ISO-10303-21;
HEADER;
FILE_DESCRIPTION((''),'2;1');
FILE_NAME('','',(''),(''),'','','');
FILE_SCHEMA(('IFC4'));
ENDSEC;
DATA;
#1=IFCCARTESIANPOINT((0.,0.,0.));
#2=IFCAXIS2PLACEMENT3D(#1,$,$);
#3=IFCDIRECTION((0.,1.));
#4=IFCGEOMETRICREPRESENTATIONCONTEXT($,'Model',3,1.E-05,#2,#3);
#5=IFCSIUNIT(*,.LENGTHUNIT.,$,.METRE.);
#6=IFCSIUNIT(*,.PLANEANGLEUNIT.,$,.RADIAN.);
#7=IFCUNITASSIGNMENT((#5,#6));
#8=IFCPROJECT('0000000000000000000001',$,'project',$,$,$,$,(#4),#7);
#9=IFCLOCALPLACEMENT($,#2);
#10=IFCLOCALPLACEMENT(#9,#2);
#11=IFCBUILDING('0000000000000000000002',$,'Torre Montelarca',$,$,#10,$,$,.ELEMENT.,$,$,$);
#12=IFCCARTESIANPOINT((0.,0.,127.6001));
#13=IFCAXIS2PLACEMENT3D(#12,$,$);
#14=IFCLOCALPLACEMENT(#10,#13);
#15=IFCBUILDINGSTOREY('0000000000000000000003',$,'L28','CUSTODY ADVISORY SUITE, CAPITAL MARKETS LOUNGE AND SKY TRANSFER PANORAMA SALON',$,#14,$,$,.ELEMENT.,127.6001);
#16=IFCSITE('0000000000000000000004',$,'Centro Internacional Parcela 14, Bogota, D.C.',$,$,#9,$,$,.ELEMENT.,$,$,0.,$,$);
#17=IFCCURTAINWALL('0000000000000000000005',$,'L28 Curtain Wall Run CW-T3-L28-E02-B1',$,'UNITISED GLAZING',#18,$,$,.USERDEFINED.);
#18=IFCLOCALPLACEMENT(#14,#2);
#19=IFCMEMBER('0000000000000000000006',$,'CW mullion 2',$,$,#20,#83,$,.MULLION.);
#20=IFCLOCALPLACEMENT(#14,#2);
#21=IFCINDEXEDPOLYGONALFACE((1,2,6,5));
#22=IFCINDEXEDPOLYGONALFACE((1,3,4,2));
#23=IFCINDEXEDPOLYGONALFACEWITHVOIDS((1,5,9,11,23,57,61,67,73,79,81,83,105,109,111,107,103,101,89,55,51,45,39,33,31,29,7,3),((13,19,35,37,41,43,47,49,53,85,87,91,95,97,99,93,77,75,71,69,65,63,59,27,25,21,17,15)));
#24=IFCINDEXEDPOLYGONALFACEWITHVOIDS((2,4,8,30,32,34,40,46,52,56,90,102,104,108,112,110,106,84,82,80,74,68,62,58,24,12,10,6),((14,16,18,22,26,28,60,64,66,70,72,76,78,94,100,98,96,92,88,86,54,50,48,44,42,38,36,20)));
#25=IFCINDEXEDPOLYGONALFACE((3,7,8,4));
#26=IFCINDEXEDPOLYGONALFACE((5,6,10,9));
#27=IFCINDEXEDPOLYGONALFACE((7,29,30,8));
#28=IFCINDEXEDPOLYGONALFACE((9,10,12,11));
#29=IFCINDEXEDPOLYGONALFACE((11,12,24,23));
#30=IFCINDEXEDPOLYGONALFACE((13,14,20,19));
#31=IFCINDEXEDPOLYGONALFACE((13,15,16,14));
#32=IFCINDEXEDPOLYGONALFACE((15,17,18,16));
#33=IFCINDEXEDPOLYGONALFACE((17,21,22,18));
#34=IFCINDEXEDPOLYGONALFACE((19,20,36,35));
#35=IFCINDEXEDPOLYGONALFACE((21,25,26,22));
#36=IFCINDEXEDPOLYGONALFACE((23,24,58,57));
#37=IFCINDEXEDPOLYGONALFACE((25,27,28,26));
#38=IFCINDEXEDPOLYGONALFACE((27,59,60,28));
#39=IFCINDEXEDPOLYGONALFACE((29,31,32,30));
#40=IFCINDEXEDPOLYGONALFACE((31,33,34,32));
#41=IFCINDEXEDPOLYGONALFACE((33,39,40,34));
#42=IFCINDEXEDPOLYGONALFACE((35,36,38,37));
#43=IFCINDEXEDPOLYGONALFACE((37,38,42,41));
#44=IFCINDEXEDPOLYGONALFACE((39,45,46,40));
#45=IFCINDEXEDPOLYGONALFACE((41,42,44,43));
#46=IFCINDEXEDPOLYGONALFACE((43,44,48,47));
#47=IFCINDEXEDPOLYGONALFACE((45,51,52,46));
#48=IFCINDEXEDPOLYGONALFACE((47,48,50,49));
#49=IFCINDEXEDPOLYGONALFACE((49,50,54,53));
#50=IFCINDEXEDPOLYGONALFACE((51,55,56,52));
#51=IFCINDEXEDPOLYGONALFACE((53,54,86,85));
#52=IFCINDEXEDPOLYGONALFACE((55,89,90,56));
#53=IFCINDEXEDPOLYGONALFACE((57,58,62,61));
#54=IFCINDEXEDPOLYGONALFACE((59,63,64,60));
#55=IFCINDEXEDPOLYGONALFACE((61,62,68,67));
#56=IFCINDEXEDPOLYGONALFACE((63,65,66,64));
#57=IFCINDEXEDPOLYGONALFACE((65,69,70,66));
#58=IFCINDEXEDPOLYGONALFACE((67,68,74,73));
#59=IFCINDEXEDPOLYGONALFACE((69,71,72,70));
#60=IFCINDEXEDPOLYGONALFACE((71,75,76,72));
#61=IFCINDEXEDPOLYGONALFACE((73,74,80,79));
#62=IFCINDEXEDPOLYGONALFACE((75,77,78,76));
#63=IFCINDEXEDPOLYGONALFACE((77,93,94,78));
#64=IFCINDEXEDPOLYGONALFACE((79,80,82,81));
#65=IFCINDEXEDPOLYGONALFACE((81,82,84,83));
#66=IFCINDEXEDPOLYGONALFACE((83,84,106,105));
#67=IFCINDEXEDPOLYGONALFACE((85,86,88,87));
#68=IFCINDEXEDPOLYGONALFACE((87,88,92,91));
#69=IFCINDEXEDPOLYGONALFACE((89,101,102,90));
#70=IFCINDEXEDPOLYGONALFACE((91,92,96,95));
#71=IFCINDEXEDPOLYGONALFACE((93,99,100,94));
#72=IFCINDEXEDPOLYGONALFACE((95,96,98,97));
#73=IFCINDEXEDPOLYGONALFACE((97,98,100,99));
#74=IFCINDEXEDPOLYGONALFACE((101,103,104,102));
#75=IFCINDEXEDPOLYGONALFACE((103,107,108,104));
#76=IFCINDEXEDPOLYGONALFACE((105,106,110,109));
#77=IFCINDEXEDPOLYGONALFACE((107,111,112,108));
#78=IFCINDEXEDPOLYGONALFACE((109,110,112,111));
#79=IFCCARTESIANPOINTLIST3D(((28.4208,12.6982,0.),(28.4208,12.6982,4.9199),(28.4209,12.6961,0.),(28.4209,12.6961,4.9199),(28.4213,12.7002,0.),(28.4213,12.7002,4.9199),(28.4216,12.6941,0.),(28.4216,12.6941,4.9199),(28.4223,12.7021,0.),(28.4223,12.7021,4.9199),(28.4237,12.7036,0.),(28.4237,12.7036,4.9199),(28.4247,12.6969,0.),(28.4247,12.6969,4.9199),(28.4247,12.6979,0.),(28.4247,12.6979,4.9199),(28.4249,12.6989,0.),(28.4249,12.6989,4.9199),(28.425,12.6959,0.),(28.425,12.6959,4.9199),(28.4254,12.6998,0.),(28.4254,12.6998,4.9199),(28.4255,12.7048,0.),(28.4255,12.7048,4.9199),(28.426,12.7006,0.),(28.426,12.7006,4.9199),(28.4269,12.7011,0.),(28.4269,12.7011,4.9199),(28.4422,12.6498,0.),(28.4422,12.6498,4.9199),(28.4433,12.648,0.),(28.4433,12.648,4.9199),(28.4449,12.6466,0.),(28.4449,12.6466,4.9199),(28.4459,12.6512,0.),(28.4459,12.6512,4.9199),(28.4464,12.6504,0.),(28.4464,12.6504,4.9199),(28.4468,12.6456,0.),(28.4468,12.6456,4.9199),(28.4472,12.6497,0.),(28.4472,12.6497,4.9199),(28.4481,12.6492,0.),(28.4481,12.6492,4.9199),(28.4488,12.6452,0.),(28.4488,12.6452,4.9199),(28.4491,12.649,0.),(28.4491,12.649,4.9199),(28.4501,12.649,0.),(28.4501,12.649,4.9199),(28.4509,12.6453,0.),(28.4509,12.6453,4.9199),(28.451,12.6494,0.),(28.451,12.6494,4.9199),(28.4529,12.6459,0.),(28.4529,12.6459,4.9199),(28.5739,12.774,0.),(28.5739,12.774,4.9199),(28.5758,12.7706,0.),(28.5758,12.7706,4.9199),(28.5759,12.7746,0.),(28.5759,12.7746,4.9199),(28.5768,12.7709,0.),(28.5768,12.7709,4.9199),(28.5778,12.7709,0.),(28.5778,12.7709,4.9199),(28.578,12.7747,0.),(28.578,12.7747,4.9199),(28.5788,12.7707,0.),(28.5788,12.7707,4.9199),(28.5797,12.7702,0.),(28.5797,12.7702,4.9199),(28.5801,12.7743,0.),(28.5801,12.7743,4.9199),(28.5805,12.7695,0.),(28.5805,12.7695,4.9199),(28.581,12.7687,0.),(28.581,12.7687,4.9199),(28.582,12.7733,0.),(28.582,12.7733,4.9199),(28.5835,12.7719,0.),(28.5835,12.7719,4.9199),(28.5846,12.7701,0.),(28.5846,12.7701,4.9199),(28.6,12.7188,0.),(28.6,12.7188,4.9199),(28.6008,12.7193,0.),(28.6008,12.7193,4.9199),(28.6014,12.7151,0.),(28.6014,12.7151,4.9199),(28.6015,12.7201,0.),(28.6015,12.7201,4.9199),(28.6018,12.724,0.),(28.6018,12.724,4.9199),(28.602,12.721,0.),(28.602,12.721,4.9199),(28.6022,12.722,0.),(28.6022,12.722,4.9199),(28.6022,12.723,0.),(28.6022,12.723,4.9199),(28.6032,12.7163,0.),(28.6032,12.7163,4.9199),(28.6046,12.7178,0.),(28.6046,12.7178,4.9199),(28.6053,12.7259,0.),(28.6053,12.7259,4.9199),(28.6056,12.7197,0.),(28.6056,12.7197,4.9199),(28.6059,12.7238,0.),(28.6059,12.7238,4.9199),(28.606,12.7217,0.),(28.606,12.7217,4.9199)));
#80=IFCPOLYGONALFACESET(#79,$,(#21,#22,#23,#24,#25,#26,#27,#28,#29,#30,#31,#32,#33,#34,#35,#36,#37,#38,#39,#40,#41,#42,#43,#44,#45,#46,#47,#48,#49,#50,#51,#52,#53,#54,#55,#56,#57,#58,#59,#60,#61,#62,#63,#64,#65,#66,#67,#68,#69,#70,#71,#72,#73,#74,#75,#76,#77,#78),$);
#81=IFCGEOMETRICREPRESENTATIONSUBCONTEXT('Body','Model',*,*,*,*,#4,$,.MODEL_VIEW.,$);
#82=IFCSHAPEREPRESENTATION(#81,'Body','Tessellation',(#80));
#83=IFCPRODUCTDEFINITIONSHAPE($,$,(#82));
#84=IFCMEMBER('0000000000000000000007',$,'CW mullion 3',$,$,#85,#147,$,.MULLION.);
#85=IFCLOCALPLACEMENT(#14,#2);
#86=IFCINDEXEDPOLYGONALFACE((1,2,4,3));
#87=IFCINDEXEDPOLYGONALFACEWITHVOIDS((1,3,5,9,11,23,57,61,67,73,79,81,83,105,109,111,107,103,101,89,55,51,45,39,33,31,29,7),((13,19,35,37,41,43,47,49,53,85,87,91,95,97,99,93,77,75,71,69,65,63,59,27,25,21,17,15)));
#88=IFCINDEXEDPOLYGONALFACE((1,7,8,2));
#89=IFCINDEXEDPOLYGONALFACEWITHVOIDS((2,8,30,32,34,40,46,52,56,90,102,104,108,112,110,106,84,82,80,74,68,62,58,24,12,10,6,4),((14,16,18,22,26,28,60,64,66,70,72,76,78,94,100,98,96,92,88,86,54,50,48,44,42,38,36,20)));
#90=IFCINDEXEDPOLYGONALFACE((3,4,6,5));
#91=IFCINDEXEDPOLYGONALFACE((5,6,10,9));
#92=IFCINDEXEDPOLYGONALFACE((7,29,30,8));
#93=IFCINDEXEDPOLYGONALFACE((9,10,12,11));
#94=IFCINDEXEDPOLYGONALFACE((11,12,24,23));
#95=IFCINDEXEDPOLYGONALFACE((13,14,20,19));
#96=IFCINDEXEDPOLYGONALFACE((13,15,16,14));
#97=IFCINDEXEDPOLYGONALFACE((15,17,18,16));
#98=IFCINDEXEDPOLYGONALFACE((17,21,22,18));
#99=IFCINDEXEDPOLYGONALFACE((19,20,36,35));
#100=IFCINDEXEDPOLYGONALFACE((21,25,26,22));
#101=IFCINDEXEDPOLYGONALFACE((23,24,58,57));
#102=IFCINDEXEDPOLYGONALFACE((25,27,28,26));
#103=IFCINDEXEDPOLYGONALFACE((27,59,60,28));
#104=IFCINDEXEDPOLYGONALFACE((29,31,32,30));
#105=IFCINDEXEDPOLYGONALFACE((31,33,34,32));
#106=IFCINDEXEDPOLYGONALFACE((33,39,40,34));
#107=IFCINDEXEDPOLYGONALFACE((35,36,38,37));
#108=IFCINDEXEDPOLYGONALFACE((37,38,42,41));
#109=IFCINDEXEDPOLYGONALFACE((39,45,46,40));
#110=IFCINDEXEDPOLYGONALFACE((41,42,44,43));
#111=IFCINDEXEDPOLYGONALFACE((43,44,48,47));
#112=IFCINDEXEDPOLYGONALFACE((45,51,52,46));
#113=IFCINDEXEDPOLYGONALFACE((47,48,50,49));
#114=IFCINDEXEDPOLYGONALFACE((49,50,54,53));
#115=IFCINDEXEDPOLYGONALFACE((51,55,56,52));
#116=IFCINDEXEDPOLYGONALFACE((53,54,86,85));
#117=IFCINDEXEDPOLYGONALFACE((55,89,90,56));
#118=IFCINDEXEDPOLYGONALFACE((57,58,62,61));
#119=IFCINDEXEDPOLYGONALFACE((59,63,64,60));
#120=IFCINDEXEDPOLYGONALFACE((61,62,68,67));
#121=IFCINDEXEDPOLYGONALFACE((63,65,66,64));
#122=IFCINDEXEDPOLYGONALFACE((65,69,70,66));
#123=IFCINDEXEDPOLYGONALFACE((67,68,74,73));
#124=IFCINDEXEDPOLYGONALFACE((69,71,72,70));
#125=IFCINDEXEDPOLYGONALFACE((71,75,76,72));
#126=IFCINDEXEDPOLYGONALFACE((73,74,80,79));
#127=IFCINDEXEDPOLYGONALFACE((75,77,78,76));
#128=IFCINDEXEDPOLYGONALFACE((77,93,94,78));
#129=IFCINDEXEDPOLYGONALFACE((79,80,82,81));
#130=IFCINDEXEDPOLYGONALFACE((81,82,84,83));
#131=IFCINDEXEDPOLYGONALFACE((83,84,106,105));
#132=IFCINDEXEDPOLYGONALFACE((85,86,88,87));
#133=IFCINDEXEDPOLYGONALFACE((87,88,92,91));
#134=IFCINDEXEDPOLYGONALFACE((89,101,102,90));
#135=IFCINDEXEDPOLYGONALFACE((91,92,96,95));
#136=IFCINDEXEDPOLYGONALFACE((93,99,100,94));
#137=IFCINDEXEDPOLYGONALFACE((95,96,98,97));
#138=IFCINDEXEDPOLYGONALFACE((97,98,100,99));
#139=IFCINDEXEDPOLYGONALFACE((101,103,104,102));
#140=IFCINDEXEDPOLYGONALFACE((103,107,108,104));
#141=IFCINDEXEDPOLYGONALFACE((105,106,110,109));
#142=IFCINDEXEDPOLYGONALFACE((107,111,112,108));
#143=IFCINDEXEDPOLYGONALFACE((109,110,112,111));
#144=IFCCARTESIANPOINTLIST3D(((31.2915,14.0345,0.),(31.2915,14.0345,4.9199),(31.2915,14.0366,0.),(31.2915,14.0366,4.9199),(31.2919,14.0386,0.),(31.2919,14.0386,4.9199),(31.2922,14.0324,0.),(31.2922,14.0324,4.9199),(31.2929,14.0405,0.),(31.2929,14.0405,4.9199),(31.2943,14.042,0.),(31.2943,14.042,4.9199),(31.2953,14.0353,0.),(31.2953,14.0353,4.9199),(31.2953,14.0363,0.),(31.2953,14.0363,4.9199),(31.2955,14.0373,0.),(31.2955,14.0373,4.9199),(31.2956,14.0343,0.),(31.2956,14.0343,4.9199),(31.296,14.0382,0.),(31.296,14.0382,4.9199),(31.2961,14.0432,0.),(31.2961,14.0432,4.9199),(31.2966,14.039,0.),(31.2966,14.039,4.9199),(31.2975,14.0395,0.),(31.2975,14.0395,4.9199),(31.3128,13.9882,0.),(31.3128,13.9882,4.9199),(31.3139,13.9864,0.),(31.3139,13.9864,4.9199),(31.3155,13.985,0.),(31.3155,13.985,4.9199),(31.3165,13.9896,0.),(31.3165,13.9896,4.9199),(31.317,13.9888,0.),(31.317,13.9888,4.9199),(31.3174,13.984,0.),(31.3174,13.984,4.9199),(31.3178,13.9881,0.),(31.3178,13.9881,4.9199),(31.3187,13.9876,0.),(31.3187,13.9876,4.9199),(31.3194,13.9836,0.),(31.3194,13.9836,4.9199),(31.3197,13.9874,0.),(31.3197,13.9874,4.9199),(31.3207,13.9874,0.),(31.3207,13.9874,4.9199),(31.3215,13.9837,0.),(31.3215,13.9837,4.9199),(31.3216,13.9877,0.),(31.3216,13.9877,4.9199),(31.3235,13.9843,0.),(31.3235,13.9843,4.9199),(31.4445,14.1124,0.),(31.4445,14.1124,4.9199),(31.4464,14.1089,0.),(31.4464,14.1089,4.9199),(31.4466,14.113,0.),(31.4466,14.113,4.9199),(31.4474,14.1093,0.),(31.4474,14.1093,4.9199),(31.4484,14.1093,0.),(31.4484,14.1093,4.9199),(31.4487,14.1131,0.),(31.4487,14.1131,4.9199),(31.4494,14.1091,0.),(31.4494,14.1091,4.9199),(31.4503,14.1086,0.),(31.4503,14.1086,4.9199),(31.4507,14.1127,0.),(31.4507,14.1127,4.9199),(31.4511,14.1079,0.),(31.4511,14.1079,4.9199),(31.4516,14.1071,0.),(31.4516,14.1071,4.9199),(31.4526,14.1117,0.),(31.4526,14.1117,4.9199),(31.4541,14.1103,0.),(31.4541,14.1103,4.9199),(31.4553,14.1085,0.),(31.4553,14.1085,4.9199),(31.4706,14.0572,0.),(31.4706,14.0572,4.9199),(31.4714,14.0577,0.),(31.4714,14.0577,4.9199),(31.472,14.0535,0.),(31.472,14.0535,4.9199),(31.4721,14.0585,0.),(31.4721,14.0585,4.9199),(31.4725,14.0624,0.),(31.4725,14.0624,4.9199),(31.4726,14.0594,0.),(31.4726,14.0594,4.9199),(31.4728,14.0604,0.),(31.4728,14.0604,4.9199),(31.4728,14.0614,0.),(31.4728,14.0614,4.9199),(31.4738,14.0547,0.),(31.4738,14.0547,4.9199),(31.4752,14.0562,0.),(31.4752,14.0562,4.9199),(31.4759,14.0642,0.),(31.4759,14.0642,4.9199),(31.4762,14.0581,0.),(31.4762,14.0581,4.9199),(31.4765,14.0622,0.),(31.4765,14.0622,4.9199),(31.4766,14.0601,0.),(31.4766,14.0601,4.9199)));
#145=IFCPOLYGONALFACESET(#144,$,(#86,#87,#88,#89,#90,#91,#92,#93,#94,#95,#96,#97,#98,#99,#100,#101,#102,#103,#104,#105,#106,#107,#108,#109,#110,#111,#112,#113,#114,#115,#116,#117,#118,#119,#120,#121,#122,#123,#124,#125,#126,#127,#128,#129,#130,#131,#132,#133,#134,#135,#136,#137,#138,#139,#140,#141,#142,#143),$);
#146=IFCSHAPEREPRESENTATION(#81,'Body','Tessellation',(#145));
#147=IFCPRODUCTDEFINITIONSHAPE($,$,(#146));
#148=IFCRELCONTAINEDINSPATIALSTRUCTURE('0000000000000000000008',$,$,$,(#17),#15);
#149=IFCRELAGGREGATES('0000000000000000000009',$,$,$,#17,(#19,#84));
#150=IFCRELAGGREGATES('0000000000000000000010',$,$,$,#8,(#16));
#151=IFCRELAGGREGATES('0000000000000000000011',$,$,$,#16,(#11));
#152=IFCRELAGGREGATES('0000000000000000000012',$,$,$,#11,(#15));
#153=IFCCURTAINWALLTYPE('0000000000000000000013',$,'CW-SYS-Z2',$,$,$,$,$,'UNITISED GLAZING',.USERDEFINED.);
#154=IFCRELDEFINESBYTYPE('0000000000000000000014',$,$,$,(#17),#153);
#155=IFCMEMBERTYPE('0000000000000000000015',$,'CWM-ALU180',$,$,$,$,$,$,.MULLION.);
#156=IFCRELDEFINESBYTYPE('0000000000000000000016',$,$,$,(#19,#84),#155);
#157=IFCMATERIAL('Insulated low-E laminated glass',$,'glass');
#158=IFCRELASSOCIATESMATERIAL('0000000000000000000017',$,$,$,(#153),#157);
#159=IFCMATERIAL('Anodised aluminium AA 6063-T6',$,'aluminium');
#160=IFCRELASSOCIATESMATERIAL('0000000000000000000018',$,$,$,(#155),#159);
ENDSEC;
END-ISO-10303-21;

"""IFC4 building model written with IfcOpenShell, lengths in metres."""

from ifc_helpers import new_model, si_unit, direction, frame, origin, origin_2d, place, context, subcontext, project, spatial, hollow_rectangle, extrude, source, transform, mapped, material, material_profile, profile_set, type_object, element, aggregate, save


model = new_model("IFC4")

# Units and contexts
model_context = context("Model", 3, precision=1e-05, world=origin(), true_north=direction((0.0, 1.0)))
body_context = subcontext(model_context, "Body", "Model", "MODEL_VIEW")
ifc_project = project(units=[si_unit("LENGTHUNIT", "METRE"), si_unit("PLANEANGLEUNIT", "RADIAN")], contexts=[model_context])

# Site, building, storey
site_placement = place(None, origin())
site = spatial("IfcSite", under=ifc_project, at=site_placement, Name="Centro Internacional Parcela 14, Bogota, D.C.", CompositionType="ELEMENT", RefElevation=0.0)
building_placement = place(site_placement, origin())
building = spatial("IfcBuilding", under=site, at=building_placement, Name="Torre Montelarca", CompositionType="ELEMENT")
storey_placement = place(building_placement, frame((0.0, 0.0, 127.6001)))
storey = spatial("IfcBuildingStorey", under=building, at=storey_placement, Name="L28", Description="CUSTODY ADVISORY SUITE, CAPITAL MARKETS LOUNGE AND SKY TRANSFER PANORAMA SALON", CompositionType="ELEMENT", Elevation=127.6001)

# Curtain wall
ifc_material_1 = material(Name="Insulated low-E laminated glass", Category="glass")
curtain_wall_type = type_object("IfcCurtainWallType", Name="CW-SYS-Z2", ElementType="UNITISED GLAZING", PredefinedType="USERDEFINED", material=ifc_material_1)
curtain_wall_1_placement = place(storey_placement, origin())
curtain_wall_1 = element("IfcCurtainWall", 1, at=curtain_wall_1_placement, inside=storey, type_object=curtain_wall_type, Name="L28 Curtain Wall Run CW-T3-L28-E02-B1", ObjectType="UNITISED GLAZING", PredefinedType="USERDEFINED")
ifc_material_2 = material(Name="Anodised aluminium AA 6063-T6", Category="aluminium")
ifc_material_profile_1 = material_profile(ifc_material_2, hollow_rectangle(XDim=0.0649, YDim=0.1799, WallThickness=0.0039, InnerFilletRadius=0.0039, OuterFilletRadius=0.0081, at=origin_2d()), Name="ALU65X180X4", Category="aluminium")
ifc_profile_set_1 = profile_set([ifc_material_profile_1], Name="Anodised aluminium AA 6063-T6")
member_type_1 = type_object("IfcMemberType", Name="CWM-ALU180", PredefinedType="MULLION", material=ifc_profile_set_1)
shared_shape_1 = source(origin(), body_context, "Body", "SweptSolid", [
    extrude(hollow_rectangle(XDim=0.0649, YDim=0.1799, WallThickness=0.0039, InnerFilletRadius=0.0039, OuterFilletRadius=0.0081, at=origin_2d()), origin(), (0.0, 0.0, 1.0), 4.9199),
])

# Members
member_1_placement = place(storey_placement, frame((28.5134, 12.71, 0.0), z_axis=(0.0, 0.0, 1.0), x_axis=(-0.422589, 0.906321, 0.0)))
member_1 = element("IfcMember", 2, at=member_1_placement, type_object=member_type_1, Name="CW mullion 2", PredefinedType="MULLION", context=body_context, shape_type="MappedRepresentation", body=[
    mapped(shared_shape_1, transform((0.0, 0.0, 0.0), scale=1.0)),
])
member_2_placement = place(storey_placement, frame((31.384, 14.0483, 0.0), z_axis=(0.0, 0.0, 1.0), x_axis=(-0.422589, 0.906321, 0.0)))
member_2 = element("IfcMember", 3, at=member_2_placement, type_object=member_type_1, Name="CW mullion 3", PredefinedType="MULLION", context=body_context, shape_type="MappedRepresentation", body=[
    mapped(shared_shape_1, transform((0.0, 0.0, 0.0), scale=1.0)),
])

aggregate(curtain_wall_1, [member_1, member_2])

save(model, "model.ifc")
